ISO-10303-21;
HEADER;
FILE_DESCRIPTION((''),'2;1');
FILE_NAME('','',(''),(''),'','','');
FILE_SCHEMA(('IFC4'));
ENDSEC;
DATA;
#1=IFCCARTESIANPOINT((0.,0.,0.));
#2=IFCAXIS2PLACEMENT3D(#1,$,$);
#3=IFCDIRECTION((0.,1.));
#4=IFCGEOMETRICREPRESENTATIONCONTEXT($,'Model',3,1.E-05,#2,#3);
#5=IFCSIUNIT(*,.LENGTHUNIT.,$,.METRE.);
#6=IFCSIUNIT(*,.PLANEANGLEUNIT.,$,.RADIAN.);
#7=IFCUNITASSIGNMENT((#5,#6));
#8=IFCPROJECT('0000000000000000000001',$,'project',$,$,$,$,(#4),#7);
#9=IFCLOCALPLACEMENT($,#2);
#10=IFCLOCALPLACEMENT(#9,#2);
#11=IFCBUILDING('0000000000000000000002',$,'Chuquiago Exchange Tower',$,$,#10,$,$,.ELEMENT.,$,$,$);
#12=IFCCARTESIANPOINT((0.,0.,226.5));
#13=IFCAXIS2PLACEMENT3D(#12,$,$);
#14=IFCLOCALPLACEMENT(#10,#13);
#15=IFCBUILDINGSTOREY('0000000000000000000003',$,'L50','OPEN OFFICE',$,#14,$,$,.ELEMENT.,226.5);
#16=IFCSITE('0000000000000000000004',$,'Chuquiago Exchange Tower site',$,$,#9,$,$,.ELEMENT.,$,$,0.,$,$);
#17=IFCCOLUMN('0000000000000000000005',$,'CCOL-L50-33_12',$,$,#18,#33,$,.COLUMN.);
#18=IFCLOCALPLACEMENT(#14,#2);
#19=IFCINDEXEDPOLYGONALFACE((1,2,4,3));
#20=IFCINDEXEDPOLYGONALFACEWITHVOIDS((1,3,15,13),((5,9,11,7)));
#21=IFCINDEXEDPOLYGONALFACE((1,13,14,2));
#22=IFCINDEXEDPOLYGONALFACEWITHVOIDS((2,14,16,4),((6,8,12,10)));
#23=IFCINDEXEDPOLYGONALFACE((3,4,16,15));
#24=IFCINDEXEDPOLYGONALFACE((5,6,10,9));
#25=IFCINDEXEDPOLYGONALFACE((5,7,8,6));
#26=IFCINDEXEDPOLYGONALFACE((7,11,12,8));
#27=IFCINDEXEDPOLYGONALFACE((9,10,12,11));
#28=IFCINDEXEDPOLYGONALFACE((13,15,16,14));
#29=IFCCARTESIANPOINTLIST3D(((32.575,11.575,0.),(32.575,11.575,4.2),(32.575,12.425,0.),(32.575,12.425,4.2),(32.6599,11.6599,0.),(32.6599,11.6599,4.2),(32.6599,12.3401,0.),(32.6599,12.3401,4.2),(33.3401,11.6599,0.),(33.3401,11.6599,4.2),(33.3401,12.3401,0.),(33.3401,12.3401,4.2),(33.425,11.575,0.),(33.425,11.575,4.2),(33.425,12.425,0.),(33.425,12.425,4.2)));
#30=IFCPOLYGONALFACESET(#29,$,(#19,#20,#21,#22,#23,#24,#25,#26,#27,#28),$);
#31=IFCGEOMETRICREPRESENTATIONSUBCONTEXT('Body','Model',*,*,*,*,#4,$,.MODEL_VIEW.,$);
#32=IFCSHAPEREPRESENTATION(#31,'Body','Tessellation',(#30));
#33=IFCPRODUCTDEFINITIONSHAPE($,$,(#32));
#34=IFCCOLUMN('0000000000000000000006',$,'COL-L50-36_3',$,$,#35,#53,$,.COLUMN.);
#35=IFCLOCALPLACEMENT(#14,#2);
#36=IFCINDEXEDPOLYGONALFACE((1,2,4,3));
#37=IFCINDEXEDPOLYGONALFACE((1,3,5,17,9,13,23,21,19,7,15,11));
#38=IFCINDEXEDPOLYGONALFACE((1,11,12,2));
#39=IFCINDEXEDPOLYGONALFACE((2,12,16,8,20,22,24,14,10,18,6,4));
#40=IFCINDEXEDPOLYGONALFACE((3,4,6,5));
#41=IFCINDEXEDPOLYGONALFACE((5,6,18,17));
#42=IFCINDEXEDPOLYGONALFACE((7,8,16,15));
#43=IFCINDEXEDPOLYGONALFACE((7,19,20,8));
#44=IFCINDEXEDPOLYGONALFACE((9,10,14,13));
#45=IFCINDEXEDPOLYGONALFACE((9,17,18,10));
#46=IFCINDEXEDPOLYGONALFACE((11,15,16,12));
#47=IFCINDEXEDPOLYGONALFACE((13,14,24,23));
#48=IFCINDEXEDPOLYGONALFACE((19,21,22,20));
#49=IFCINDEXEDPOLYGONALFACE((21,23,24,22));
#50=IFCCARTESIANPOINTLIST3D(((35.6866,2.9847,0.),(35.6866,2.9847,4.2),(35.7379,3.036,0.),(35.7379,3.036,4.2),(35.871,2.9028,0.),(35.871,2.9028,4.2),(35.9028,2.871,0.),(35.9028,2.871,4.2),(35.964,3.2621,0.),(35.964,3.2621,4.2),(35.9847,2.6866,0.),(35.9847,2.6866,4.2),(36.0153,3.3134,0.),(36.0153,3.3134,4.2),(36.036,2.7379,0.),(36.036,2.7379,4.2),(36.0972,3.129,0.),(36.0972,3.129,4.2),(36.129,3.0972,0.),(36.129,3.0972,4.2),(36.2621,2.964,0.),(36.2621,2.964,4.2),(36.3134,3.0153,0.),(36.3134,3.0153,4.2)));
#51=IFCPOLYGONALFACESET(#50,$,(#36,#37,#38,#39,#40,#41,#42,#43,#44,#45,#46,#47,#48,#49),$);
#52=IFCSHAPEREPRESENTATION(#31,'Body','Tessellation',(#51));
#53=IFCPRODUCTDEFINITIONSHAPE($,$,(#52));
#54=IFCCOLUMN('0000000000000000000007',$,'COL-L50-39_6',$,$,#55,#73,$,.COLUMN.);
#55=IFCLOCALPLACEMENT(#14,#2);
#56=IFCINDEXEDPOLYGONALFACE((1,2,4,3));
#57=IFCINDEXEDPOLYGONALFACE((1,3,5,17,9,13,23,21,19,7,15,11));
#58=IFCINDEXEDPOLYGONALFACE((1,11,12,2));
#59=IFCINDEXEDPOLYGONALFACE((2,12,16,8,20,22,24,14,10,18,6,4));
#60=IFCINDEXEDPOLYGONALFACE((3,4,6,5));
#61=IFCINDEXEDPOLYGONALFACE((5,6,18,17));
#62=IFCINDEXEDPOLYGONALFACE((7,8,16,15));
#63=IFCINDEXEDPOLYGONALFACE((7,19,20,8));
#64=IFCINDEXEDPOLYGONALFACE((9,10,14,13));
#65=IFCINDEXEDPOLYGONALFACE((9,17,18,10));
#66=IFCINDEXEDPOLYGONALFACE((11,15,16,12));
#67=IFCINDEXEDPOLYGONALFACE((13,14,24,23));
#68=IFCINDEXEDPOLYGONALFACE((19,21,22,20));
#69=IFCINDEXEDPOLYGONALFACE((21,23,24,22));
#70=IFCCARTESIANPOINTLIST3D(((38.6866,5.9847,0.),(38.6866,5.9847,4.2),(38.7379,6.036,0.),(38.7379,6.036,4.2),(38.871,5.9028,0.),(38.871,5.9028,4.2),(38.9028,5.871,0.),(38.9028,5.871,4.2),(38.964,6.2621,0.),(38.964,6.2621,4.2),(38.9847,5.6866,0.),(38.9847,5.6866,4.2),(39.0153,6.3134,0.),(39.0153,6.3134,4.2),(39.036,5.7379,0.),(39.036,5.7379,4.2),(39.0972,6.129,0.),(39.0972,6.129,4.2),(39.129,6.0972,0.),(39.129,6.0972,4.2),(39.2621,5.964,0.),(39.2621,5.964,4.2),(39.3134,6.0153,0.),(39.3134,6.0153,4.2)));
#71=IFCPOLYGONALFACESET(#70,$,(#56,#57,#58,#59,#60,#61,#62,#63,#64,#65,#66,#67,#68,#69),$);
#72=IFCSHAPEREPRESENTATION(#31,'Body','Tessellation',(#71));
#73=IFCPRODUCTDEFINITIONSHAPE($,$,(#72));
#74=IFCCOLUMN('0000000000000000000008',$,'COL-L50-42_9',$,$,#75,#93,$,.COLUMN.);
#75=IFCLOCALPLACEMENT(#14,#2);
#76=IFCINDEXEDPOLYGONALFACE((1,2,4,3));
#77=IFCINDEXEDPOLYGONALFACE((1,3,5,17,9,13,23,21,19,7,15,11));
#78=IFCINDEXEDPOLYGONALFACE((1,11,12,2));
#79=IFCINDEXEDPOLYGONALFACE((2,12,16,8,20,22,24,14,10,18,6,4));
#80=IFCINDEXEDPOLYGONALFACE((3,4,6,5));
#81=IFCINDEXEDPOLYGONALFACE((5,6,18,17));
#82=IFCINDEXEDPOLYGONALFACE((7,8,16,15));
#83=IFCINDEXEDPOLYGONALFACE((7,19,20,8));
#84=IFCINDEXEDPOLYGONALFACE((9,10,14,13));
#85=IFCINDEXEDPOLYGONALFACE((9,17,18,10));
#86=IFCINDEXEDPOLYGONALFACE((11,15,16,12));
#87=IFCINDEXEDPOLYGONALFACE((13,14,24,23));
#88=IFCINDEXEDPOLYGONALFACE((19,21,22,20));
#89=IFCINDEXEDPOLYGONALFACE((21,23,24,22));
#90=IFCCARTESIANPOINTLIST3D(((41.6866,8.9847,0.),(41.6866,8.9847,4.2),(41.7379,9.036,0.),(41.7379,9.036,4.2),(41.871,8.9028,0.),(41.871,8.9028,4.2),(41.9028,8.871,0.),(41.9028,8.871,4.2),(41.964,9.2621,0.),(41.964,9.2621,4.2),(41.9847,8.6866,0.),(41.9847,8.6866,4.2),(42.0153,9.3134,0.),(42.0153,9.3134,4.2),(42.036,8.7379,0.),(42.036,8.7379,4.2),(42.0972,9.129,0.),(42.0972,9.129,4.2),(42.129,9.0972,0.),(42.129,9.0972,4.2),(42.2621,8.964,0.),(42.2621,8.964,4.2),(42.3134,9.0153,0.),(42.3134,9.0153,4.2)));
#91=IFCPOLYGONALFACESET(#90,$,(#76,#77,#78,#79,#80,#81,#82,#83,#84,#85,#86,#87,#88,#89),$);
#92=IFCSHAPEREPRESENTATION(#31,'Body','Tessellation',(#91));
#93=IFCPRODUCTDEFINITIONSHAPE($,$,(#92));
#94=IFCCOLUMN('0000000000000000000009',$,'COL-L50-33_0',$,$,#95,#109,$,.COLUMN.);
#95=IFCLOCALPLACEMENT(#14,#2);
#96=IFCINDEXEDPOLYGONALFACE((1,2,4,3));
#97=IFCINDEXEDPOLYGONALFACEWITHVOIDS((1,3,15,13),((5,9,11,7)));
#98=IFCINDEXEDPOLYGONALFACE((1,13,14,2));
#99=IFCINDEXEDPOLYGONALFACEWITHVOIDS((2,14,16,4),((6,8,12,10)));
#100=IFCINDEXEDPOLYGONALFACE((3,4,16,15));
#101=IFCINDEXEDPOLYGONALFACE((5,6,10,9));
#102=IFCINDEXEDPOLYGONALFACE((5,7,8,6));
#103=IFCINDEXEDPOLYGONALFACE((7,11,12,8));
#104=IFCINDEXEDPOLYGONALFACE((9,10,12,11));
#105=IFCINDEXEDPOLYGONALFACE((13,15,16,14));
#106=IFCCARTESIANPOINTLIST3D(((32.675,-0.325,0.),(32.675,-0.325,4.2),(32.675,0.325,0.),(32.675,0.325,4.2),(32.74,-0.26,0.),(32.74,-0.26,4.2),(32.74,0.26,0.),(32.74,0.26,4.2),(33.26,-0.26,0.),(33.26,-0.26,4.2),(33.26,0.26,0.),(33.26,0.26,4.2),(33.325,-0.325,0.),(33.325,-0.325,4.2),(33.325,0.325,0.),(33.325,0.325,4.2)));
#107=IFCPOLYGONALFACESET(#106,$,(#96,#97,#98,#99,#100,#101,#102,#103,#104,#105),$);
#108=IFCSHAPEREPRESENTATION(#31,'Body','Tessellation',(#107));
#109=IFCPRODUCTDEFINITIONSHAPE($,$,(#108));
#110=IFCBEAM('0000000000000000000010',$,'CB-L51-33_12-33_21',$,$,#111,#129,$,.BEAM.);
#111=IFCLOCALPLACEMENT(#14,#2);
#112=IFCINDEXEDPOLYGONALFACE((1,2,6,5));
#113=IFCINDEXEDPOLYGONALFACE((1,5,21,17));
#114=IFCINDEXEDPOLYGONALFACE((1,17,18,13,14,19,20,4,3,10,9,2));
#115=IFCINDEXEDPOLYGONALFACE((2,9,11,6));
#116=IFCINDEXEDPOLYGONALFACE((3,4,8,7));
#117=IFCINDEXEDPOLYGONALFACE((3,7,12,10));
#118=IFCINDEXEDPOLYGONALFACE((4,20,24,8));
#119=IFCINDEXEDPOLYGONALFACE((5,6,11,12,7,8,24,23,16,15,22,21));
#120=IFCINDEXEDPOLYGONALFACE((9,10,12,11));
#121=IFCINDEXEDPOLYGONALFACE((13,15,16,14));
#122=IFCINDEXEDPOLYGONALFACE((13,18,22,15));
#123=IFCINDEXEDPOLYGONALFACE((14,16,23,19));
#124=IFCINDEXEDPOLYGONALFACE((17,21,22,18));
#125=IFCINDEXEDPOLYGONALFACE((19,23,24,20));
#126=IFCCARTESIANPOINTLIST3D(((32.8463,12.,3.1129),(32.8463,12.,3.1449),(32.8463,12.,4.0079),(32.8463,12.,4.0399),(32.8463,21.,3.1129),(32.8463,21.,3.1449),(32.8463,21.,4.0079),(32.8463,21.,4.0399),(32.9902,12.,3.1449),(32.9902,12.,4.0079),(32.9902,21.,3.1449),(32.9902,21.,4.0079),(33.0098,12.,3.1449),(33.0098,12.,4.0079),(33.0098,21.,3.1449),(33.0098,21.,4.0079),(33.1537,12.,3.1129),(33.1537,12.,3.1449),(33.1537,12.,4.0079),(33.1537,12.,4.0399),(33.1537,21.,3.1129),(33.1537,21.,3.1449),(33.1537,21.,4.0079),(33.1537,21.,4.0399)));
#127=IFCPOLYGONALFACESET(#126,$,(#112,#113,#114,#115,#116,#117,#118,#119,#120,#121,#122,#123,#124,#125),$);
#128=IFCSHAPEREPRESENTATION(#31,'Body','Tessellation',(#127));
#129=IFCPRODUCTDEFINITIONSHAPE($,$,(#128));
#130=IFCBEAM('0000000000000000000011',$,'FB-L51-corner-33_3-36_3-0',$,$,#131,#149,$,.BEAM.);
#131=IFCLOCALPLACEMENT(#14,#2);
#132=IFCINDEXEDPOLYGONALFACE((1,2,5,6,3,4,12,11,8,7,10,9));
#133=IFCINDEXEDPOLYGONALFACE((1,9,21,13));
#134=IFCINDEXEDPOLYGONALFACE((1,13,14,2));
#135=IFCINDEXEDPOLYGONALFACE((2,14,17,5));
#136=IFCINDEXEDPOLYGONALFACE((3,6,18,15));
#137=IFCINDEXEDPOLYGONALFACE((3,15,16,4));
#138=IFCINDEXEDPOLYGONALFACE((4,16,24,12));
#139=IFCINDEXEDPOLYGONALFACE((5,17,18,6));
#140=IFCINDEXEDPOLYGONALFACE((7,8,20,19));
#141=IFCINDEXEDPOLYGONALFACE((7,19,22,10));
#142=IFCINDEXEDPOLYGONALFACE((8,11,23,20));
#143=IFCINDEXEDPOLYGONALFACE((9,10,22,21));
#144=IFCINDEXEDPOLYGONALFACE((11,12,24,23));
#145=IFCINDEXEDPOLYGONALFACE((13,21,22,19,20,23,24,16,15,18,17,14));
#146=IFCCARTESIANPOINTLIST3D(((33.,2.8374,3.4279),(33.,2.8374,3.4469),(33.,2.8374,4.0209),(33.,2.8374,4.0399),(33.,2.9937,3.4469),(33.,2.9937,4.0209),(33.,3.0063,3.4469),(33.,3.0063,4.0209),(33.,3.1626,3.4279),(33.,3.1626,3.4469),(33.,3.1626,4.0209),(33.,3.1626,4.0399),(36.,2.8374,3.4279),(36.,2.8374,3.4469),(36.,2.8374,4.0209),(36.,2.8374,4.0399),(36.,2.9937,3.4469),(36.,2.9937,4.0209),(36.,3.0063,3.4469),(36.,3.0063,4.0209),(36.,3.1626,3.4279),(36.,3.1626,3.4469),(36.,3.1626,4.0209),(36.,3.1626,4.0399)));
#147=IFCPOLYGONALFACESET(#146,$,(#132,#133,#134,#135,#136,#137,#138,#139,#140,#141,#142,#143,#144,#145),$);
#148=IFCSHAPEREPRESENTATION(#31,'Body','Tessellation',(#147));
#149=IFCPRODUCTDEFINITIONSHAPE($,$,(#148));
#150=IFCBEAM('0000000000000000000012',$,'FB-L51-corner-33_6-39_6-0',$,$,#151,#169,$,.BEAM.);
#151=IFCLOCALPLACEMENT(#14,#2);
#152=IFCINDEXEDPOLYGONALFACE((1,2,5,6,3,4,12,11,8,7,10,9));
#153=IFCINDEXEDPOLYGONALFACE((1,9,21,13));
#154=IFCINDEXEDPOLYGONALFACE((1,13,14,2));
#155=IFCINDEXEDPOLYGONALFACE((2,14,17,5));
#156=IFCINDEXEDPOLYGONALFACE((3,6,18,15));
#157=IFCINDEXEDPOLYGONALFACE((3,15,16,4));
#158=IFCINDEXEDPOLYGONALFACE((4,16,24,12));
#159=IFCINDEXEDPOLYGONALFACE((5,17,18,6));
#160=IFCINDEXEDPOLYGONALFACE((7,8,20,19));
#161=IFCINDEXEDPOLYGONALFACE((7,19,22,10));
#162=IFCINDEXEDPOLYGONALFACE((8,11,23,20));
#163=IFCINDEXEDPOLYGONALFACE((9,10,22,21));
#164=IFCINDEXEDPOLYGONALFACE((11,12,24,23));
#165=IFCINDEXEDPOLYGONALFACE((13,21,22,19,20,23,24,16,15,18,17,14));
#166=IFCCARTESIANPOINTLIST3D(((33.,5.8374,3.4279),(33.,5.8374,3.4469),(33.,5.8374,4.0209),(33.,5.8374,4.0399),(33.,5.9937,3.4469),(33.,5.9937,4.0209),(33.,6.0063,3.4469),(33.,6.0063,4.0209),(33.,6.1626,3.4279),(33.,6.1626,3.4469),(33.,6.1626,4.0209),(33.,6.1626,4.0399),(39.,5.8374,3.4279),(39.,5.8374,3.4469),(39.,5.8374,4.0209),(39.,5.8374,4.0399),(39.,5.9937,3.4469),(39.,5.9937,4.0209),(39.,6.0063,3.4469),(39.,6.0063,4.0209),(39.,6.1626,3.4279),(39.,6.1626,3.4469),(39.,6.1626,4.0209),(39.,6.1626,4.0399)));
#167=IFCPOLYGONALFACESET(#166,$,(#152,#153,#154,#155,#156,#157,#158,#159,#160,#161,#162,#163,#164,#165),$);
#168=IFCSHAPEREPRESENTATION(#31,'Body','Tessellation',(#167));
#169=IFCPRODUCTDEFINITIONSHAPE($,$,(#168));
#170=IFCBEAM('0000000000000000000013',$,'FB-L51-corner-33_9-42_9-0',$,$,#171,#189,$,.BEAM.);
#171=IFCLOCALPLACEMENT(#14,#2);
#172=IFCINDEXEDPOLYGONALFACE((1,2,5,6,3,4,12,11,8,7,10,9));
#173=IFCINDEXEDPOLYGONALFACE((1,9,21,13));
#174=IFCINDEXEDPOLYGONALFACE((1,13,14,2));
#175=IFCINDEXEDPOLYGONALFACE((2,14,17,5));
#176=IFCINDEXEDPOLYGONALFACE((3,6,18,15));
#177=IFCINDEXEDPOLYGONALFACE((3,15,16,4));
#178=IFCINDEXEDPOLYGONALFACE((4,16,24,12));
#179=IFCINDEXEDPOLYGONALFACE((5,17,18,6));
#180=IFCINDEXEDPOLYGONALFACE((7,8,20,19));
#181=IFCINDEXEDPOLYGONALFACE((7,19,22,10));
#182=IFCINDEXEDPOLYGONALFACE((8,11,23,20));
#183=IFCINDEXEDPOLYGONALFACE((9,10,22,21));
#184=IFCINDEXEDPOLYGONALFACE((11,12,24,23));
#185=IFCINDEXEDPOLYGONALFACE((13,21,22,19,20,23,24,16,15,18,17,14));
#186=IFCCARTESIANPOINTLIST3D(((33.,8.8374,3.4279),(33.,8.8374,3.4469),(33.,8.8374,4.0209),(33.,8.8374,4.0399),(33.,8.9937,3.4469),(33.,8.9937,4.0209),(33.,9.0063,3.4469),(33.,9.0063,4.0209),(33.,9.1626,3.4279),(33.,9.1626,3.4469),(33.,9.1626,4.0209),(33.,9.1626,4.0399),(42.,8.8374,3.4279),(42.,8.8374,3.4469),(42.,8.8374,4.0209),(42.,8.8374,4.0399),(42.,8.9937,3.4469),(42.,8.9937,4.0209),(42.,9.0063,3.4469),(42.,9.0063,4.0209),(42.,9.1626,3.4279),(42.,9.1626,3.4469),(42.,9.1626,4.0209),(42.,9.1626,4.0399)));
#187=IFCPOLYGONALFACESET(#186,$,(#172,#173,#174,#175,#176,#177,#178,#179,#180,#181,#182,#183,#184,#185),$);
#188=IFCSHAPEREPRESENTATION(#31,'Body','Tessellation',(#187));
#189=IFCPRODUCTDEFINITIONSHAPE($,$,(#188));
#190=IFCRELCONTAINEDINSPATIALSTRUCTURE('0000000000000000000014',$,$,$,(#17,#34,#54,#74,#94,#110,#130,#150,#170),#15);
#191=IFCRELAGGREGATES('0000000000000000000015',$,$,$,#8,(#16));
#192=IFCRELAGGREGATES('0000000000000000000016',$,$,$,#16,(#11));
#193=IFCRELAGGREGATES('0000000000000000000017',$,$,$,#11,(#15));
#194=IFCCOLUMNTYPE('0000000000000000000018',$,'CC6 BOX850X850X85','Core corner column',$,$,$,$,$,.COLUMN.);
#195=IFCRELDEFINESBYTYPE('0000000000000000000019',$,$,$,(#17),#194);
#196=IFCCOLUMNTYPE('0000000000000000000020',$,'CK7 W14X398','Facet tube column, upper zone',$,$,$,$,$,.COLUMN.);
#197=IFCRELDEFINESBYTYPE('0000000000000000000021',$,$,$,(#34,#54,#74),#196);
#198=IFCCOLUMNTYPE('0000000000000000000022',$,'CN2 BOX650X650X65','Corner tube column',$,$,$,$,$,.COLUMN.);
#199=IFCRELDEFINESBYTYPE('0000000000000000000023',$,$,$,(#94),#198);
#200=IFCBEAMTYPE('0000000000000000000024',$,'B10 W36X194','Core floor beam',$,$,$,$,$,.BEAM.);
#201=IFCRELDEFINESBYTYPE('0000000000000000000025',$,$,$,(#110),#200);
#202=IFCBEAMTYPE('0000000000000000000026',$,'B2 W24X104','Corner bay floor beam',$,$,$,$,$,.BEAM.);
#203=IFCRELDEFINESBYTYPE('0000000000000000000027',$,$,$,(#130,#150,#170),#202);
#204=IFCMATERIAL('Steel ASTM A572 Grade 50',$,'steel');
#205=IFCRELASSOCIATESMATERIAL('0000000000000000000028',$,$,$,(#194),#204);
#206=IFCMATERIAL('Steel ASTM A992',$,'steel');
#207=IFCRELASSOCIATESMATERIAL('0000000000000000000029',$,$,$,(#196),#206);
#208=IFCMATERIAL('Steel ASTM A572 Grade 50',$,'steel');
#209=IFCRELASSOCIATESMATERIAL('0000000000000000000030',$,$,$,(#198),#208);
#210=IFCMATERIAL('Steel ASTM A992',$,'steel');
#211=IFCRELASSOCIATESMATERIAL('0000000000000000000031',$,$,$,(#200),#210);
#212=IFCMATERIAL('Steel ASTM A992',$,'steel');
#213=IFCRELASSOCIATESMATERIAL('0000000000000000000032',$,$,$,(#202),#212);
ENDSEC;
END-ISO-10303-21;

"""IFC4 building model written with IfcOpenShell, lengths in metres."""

from ifc_helpers import new_model, si_unit, direction, frame, origin, origin_2d, place, context, subcontext, project, spatial, hollow_rectangle, i_section, extrude, material, material_profile, profile_set, type_object, element, save


model = new_model("IFC4")

# Units and contexts
model_context = context("Model", 3, precision=1e-05, world=origin(), true_north=direction((0.0, 1.0)))
body_context = subcontext(model_context, "Body", "Model", "MODEL_VIEW")
ifc_project = project(units=[si_unit("LENGTHUNIT", "METRE"), si_unit("PLANEANGLEUNIT", "RADIAN")], contexts=[model_context])

# Site, building, storey
site_placement = place(None, origin())
site = spatial("IfcSite", under=ifc_project, at=site_placement, Name="Chuquiago Exchange Tower site", CompositionType="ELEMENT", RefElevation=0.0)
building_placement = place(site_placement, origin())
building = spatial("IfcBuilding", under=site, at=building_placement, Name="Chuquiago Exchange Tower", CompositionType="ELEMENT")
storey_placement = place(building_placement, frame((0.0, 0.0, 226.5)))
storey = spatial("IfcBuildingStorey", under=building, at=storey_placement, Name="L50", Description="OPEN OFFICE", CompositionType="ELEMENT", Elevation=226.5)

# Columns
ifc_material_1 = material(Name="Steel ASTM A572 Grade 50", Category="steel")
ifc_material_profile_1 = material_profile(ifc_material_1, hollow_rectangle(XDim=0.8501, YDim=0.8501, WallThickness=0.085, at=origin_2d()), Name="BOX850X850X85")
ifc_profile_set_1 = profile_set([ifc_material_profile_1], Name="Steel ASTM A572 Grade 50")
column_type_1 = type_object("IfcColumnType", Name="CC6 BOX850X850X85", Description="Core corner column", PredefinedType="COLUMN", material=ifc_profile_set_1)
column_1_placement = place(storey_placement, frame((33.0, 12.0, 0.0), z_axis=(0.0, 0.0, 1.0), x_axis=(1.0, 0.0, 0.0)))
element("IfcColumn", 1, at=column_1_placement, inside=storey, type_object=column_type_1, Name="CCOL-L50-33_12", PredefinedType="COLUMN", context=body_context, shape_type="SweptSolid", body=[
    extrude(hollow_rectangle(XDim=0.8501, YDim=0.8501, WallThickness=0.085, at=origin_2d()), origin(), (0.0, 0.0, 1.0), 4.2),
])
ifc_material_2 = material(Name="Steel ASTM A992", Category="steel")
ifc_material_profile_2 = material_profile(ifc_material_2, i_section(OverallWidth=0.4216, OverallDepth=0.4648, WebThickness=0.0449, FlangeThickness=0.0725, at=origin_2d()), Name="W14X398")
ifc_profile_set_2 = profile_set([ifc_material_profile_2], Name="Steel ASTM A992")
column_type_2 = type_object("IfcColumnType", Name="CK7 W14X398", Description="Facet tube column, upper zone", PredefinedType="COLUMN", material=ifc_profile_set_2)
for number, where, z_axis, x_axis, name in (
    (2, (36.0, 3.0, 0.0), (0.0, 0.0, 1.0), (0.707107, -0.707107, 0.0), "COL-L50-36_3"),
    (3, (39.0, 6.0, 0.0), (0.0, 0.0, 1.0), (0.707107, -0.707107, 0.0), "COL-L50-39_6"),
    (4, (42.0, 9.0, 0.0), (0.0, 0.0, 1.0), (0.707107, -0.707107, 0.0), "COL-L50-42_9"),
):
    element("IfcColumn", number, at=place(storey_placement, frame(where, z_axis=z_axis, x_axis=x_axis)), inside=storey, type_object=column_type_2, Name=name, PredefinedType="COLUMN", context=body_context, shape_type="SweptSolid", body=[
        extrude(i_section(OverallWidth=0.4216, OverallDepth=0.4648, WebThickness=0.0449, FlangeThickness=0.0725, at=origin_2d()), origin(), (0.0, 0.0, 1.0), 4.2),
    ])
ifc_material_3 = material(Name="Steel ASTM A572 Grade 50", Category="steel")
ifc_material_profile_3 = material_profile(ifc_material_3, hollow_rectangle(XDim=0.6499, YDim=0.6499, WallThickness=0.0649, at=origin_2d()), Name="BOX650X650X65")
ifc_profile_set_3 = profile_set([ifc_material_profile_3], Name="Steel ASTM A572 Grade 50")
column_type_3 = type_object("IfcColumnType", Name="CN2 BOX650X650X65", Description="Corner tube column", PredefinedType="COLUMN", material=ifc_profile_set_3)
column_2_placement = place(storey_placement, frame((33.0, 0.0, 0.0), z_axis=(0.0, 0.0, 1.0), x_axis=(0.0, -1.0, 0.0)))
element("IfcColumn", 5, at=column_2_placement, inside=storey, type_object=column_type_3, Name="COL-L50-33_0", PredefinedType="COLUMN", context=body_context, shape_type="SweptSolid", body=[
    extrude(hollow_rectangle(XDim=0.6499, YDim=0.6499, WallThickness=0.0649, at=origin_2d()), origin(), (0.0, 0.0, 1.0), 4.2),
])

# Beams
ifc_material_4 = material(Name="Steel ASTM A992", Category="steel")
ifc_material_profile_4 = material_profile(ifc_material_4, i_section(OverallWidth=0.3074, OverallDepth=0.927, WebThickness=0.0195, FlangeThickness=0.032, at=origin_2d()), Name="W36X194")
ifc_profile_set_4 = profile_set([ifc_material_profile_4], Name="Steel ASTM A992")
beam_type_1 = type_object("IfcBeamType", Name="B10 W36X194", Description="Core floor beam", PredefinedType="BEAM", material=ifc_profile_set_4)
beam_1_placement = place(storey_placement, frame((33.0, 12.0, 3.5764), z_axis=(0.0, 1.0, 0.0), x_axis=(-1.0, 0.0, 0.0)))
element("IfcBeam", 6, at=beam_1_placement, inside=storey, type_object=beam_type_1, Name="CB-L51-33_12-33_21", PredefinedType="BEAM", context=body_context, shape_type="SweptSolid", body=[
    extrude(i_section(OverallWidth=0.3074, OverallDepth=0.927, WebThickness=0.0195, FlangeThickness=0.032, at=origin_2d()), origin(), (0.0, 0.0, 1.0), 9.0),
])
ifc_material_5 = material(Name="Steel ASTM A992", Category="steel")
ifc_material_profile_5 = material_profile(ifc_material_5, i_section(OverallWidth=0.3252, OverallDepth=0.6121, WebThickness=0.0127, FlangeThickness=0.019, at=origin_2d()), Name="W24X104")
ifc_profile_set_5 = profile_set([ifc_material_profile_5], Name="Steel ASTM A992")
beam_type_2 = type_object("IfcBeamType", Name="B2 W24X104", Description="Corner bay floor beam", PredefinedType="BEAM", material=ifc_profile_set_5)
beam_2_placement = place(storey_placement, frame((33.0, 3.0, 3.7339), z_axis=(1.0, 0.0, 0.0), x_axis=(0.0, 1.0, 0.0)))
element("IfcBeam", 7, at=beam_2_placement, inside=storey, type_object=beam_type_2, Name="FB-L51-corner-33_3-36_3-0", PredefinedType="BEAM", context=body_context, shape_type="SweptSolid", body=[
    extrude(i_section(OverallWidth=0.3252, OverallDepth=0.6121, WebThickness=0.0127, FlangeThickness=0.019, at=origin_2d()), origin(), (0.0, 0.0, 1.0), 3.0),
])
beam_3_placement = place(storey_placement, frame((33.0, 6.0, 3.7339), z_axis=(1.0, 0.0, 0.0), x_axis=(0.0, 1.0, 0.0)))
element("IfcBeam", 8, at=beam_3_placement, inside=storey, type_object=beam_type_2, Name="FB-L51-corner-33_6-39_6-0", PredefinedType="BEAM", context=body_context, shape_type="SweptSolid", body=[
    extrude(i_section(OverallWidth=0.3252, OverallDepth=0.6121, WebThickness=0.0127, FlangeThickness=0.019, at=origin_2d()), origin(), (0.0, 0.0, 1.0), 6.0),
])
beam_4_placement = place(storey_placement, frame((33.0, 9.0, 3.7339), z_axis=(1.0, 0.0, 0.0), x_axis=(0.0, 1.0, 0.0)))
element("IfcBeam", 9, at=beam_4_placement, inside=storey, type_object=beam_type_2, Name="FB-L51-corner-33_9-42_9-0", PredefinedType="BEAM", context=body_context, shape_type="SweptSolid", body=[
    extrude(i_section(OverallWidth=0.3252, OverallDepth=0.6121, WebThickness=0.0127, FlangeThickness=0.019, at=origin_2d()), origin(), (0.0, 0.0, 1.0), 9.0),
])

save(model, "model.ifc")
